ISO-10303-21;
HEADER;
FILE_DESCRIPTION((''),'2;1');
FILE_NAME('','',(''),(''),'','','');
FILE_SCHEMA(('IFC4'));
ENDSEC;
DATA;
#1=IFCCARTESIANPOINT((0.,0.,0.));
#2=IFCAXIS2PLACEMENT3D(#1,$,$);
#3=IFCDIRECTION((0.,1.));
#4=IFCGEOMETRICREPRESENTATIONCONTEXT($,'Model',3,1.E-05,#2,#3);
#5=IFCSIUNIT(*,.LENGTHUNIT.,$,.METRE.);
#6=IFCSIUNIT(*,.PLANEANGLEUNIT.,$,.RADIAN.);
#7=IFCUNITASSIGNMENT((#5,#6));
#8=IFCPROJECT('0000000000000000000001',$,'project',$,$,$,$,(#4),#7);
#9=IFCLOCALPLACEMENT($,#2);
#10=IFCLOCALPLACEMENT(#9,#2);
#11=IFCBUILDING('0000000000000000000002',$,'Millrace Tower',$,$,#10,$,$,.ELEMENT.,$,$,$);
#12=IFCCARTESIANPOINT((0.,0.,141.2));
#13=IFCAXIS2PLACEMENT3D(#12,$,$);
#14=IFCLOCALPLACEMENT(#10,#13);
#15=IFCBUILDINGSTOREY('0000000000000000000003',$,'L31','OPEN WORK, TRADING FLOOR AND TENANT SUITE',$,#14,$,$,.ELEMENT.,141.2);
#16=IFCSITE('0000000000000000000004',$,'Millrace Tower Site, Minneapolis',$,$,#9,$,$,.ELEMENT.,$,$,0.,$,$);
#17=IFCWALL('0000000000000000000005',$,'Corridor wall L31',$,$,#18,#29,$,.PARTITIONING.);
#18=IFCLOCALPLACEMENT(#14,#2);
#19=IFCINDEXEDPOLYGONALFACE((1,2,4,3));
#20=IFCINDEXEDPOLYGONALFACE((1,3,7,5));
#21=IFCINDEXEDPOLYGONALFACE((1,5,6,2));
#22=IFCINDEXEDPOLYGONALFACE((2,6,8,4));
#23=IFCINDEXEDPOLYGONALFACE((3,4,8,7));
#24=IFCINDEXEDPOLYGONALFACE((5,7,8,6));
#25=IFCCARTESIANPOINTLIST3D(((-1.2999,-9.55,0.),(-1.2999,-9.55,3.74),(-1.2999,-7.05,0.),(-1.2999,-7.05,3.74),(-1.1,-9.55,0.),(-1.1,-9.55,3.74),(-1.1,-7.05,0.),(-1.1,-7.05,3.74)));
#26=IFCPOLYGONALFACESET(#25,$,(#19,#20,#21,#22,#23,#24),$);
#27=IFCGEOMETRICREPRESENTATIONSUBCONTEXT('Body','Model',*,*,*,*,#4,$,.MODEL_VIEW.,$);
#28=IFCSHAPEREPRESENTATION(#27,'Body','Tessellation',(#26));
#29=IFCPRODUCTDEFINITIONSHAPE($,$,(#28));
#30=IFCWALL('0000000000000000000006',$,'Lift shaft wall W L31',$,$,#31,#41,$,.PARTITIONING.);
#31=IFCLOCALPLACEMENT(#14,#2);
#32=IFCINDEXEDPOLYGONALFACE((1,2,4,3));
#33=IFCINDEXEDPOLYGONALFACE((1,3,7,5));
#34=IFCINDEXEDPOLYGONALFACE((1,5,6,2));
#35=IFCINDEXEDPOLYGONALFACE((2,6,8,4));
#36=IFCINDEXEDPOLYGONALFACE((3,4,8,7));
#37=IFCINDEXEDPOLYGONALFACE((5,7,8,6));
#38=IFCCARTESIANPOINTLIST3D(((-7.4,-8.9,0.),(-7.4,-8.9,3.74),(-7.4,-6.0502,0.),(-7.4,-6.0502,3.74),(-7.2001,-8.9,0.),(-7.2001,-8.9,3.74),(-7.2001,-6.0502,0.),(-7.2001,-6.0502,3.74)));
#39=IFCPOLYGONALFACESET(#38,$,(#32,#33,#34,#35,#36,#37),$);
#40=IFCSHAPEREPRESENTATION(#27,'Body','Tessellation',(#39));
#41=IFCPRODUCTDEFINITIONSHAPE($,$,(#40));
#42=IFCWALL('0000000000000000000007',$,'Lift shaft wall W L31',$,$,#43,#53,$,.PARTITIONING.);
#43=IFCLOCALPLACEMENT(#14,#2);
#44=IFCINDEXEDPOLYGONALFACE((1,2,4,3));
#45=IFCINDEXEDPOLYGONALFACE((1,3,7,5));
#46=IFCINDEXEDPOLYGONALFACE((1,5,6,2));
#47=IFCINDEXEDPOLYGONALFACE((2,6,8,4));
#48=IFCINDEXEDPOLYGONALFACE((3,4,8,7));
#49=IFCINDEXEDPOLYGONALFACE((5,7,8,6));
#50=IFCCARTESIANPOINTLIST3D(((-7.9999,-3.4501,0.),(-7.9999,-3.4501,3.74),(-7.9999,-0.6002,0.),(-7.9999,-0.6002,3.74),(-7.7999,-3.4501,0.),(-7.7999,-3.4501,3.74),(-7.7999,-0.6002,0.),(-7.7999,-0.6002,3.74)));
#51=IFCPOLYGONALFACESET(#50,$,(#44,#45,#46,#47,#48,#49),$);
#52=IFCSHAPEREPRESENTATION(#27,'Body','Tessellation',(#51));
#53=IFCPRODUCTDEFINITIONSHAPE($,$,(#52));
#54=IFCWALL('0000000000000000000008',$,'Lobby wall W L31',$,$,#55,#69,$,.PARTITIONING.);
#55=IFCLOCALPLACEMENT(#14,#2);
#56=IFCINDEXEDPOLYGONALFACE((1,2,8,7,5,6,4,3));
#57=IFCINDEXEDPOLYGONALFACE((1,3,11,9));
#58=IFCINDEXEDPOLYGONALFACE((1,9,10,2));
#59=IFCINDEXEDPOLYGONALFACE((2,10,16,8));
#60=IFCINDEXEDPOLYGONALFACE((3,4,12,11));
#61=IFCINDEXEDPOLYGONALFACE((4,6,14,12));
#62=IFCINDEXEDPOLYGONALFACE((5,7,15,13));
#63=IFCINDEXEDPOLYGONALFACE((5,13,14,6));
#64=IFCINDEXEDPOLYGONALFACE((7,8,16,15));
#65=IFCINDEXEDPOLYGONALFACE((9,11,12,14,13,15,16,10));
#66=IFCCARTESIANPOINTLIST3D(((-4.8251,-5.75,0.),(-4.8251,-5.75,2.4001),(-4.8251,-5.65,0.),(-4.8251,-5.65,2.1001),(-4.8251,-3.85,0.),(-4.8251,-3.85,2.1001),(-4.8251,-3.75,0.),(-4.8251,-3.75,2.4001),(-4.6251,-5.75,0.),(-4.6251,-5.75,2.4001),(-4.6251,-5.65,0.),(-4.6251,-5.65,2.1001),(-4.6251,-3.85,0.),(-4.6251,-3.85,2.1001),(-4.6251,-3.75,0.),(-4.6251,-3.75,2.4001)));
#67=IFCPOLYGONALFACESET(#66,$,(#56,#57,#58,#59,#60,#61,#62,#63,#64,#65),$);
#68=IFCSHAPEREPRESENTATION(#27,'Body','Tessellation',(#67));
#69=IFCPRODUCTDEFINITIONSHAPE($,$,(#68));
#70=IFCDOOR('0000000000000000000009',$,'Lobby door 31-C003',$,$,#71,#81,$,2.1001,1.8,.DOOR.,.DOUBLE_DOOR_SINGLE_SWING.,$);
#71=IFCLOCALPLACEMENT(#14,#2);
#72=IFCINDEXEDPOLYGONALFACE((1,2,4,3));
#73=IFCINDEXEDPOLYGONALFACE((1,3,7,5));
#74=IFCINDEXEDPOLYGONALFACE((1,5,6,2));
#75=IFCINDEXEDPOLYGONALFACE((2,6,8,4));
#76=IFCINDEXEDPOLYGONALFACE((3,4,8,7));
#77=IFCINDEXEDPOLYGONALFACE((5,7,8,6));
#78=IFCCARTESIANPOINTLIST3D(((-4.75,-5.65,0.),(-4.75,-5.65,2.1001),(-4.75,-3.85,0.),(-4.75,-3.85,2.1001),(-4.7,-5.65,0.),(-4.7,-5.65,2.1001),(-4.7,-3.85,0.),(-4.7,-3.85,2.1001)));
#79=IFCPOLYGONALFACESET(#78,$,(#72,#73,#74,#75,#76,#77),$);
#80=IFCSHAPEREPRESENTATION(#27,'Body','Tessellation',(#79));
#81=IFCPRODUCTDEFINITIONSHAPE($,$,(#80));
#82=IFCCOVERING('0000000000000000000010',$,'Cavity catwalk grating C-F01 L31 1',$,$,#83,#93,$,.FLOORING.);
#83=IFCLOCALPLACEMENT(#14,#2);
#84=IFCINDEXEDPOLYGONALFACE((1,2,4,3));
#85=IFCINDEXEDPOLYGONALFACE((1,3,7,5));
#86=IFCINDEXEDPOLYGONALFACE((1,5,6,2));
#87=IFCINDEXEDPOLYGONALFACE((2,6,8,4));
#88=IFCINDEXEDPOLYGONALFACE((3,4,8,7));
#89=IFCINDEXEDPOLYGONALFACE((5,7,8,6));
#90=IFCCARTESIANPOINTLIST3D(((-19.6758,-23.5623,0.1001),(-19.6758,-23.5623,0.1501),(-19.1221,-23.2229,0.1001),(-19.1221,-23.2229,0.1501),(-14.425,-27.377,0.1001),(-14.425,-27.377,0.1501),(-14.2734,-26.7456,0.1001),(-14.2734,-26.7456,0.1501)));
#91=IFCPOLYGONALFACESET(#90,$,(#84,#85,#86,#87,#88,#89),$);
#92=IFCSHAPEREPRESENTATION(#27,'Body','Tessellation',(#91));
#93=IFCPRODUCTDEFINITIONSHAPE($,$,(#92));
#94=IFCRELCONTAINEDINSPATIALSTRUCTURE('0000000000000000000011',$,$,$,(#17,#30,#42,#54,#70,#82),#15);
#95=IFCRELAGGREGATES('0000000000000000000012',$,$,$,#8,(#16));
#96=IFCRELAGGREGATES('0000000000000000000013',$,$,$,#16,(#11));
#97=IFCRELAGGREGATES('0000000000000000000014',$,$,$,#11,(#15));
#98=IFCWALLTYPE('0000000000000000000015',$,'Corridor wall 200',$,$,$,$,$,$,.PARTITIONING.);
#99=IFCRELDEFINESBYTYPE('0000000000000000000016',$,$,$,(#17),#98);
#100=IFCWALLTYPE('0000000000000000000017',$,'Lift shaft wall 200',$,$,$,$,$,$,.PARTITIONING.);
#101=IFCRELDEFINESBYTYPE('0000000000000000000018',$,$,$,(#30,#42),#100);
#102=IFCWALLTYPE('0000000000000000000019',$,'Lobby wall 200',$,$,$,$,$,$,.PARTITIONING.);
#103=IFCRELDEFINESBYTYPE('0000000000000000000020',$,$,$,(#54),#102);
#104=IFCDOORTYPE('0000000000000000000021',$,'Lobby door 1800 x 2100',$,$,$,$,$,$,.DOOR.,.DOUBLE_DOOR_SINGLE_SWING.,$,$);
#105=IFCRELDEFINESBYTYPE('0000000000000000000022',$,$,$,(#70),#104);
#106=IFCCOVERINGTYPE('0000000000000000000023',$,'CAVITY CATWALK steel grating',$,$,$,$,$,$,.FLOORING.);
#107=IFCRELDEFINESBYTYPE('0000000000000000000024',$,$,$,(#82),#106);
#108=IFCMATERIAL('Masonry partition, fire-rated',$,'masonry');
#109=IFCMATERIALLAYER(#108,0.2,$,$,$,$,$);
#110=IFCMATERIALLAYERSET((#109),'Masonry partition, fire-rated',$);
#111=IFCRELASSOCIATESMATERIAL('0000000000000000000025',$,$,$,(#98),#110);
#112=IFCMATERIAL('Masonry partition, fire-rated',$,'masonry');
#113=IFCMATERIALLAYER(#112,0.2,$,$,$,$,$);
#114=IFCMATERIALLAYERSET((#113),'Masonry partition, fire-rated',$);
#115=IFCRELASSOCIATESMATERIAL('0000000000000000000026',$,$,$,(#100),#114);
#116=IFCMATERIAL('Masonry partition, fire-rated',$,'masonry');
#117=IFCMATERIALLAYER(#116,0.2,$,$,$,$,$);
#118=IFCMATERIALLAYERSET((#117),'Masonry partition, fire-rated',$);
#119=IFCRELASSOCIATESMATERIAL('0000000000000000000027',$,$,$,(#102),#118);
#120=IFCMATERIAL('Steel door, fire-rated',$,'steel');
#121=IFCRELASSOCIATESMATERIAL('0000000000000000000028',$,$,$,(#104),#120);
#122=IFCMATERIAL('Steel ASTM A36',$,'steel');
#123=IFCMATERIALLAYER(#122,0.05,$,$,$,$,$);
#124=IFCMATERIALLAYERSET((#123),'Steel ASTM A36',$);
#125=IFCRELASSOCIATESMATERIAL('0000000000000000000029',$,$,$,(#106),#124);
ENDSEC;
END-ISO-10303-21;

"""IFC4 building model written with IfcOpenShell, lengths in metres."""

from ifc_helpers import new_model, si_unit, direction, frame, frame_2d, origin, place, context, subcontext, project, spatial, polyline, rectangle, outline, extrude, material, layer, layer_set, type_object, element, fill, save


model = new_model("IFC4")

# Units and contexts
model_context = context("Model", 3, precision=1e-05, world=origin(), true_north=direction((0.0, 1.0)))
body_context = subcontext(model_context, "Body", "Model", "MODEL_VIEW")
ifc_project = project(units=[si_unit("LENGTHUNIT", "METRE"), si_unit("PLANEANGLEUNIT", "RADIAN")], contexts=[model_context])

# Site, building, storey
site_placement = place(None, origin())
site = spatial("IfcSite", under=ifc_project, at=site_placement, Name="Millrace Tower Site, Minneapolis", CompositionType="ELEMENT", RefElevation=0.0)
building_placement = place(site_placement, origin())
building = spatial("IfcBuilding", under=site, at=building_placement, Name="Millrace Tower", CompositionType="ELEMENT")
storey_placement = place(building_placement, frame((0.0, 0.0, 141.2)))
storey = spatial("IfcBuildingStorey", under=building, at=storey_placement, Name="L31", Description="OPEN WORK, TRADING FLOOR AND TENANT SUITE", CompositionType="ELEMENT", Elevation=141.2)

# Shared definitions
ifc_material_1 = material(Name="Masonry partition, fire-rated", Category="masonry")
ifc_layer_1 = layer(ifc_material_1, 0.2)
ifc_layer_set_1 = layer_set([ifc_layer_1], Name="Masonry partition, fire-rated")
wall_type_1 = type_object("IfcWallType", Name="Corridor wall 200", PredefinedType="PARTITIONING", material=ifc_layer_set_1)

# Walls
wall_1_placement = place(storey_placement, frame((-1.2, -9.55, 0.0), z_axis=(0.0, 0.0, 1.0), x_axis=(0.0, 1.0, 0.0)))
element("IfcWall", 1, at=wall_1_placement, inside=storey, type_object=wall_type_1, Name="Corridor wall L31", PredefinedType="PARTITIONING", context=body_context, shape_type="SweptSolid", body=[
    extrude(rectangle(XDim=2.5, YDim=0.2, at=frame_2d((1.25, 0.0))), origin(), (0.0, 0.0, 1.0), 3.74),
])
ifc_material_2 = material(Name="Masonry partition, fire-rated", Category="masonry")
ifc_layer_2 = layer(ifc_material_2, 0.2)
ifc_layer_set_2 = layer_set([ifc_layer_2], Name="Masonry partition, fire-rated")
wall_type_2 = type_object("IfcWallType", Name="Lift shaft wall 200", PredefinedType="PARTITIONING", material=ifc_layer_set_2)
for number, where, z_axis, x_axis, name in (
    (2, (-7.3, -8.8999, 0.0), (0.0, 0.0, 1.0), (0.0, 1.0, 0.0), "Lift shaft wall W L31"),
    (3, (-7.8999, -3.45, 0.0), (0.0, 0.0, 1.0), (0.0, 1.0, 0.0), "Lift shaft wall W L31"),
):
    element("IfcWall", number, at=place(storey_placement, frame(where, z_axis=z_axis, x_axis=x_axis)), inside=storey, type_object=wall_type_2, Name=name, PredefinedType="PARTITIONING", context=body_context, shape_type="SweptSolid", body=[
        extrude(rectangle(XDim=2.8499, YDim=0.2, at=frame_2d((1.4248, 0.0))), origin(), (0.0, 0.0, 1.0), 3.74),
    ])

# Wall, opening, door
ifc_material_3 = material(Name="Masonry partition, fire-rated", Category="masonry")
ifc_layer_3 = layer(ifc_material_3, 0.2)
ifc_layer_set_3 = layer_set([ifc_layer_3], Name="Masonry partition, fire-rated")
wall_type_3 = type_object("IfcWallType", Name="Lobby wall 200", PredefinedType="PARTITIONING", material=ifc_layer_set_3)
wall_2_placement = place(storey_placement, frame((-4.7251, -5.75, 0.0), z_axis=(0.0, 0.0, 1.0), x_axis=(0.0, 1.0, 0.0)))
wall_2 = element("IfcWall", 4, at=wall_2_placement, inside=storey, type_object=wall_type_3, Name="Lobby wall W L31", PredefinedType="PARTITIONING", context=body_context, shape_type="SweptSolid", body=[
    extrude(rectangle(XDim=2.0, YDim=0.2, at=frame_2d((1.0, 0.0))), origin(), (0.0, 0.0, 1.0), 2.4001),
])
opening_1_placement = place(wall_2_placement, frame((0.1001, 0.0, 0.0)))
opening_1 = element("IfcOpeningElement", 5, at=opening_1_placement, cuts=wall_2, PredefinedType="OPENING", context=body_context, shape_type="SweptSolid", body=[
    extrude(rectangle(XDim=1.8, YDim=2.1001, at=frame_2d((0.8999, 1.05))), frame((0.0, 0.1099, 0.0), z_axis=(0.0, -1.0, 0.0), x_axis=(1.0, 0.0, 0.0)), (0.0, 0.0, 1.0), 0.22),
])
ifc_material_4 = material(Name="Steel door, fire-rated", Category="steel")
door_type_1 = type_object("IfcDoorType", Name="Lobby door 1800 x 2100", OperationType="DOUBLE_DOOR_SINGLE_SWING", PredefinedType="DOOR", material=ifc_material_4)
door_1_placement = place(opening_1_placement, origin())
door_1 = element("IfcDoor", 6, at=door_1_placement, inside=storey, type_object=door_type_1, Name="Lobby door 31-C003", OperationType="DOUBLE_DOOR_SINGLE_SWING", OverallHeight=2.1001, OverallWidth=1.8, PredefinedType="DOOR", context=body_context, shape_type="SweptSolid", body=[
    extrude(rectangle(XDim=1.8, YDim=2.1001, at=frame_2d((0.8999, 1.05))), frame((0.0, 0.0249, 0.0), z_axis=(0.0, -1.0, 0.0), x_axis=(1.0, 0.0, 0.0)), (0.0, 0.0, 1.0), 0.05),
])
fill(opening_1, door_1)

# Covering
ifc_material_5 = material(Name="Steel ASTM A36", Category="steel")
ifc_layer_4 = layer(ifc_material_5, 0.05)
ifc_layer_set_4 = layer_set([ifc_layer_4], Name="Steel ASTM A36")
covering_type = type_object("IfcCoveringType", Name="CAVITY CATWALK steel grating", PredefinedType="FLOORING", material=ifc_layer_set_4)
covering_placement = place(storey_placement, frame((0.0, 0.0, 0.1001)))
element("IfcCovering", 7, at=covering_placement, inside=storey, type_object=covering_type, Name="Cavity catwalk grating C-F01 L31 1", PredefinedType="FLOORING", context=body_context, shape_type="SweptSolid", body=[
    extrude(outline(polyline([(-19.6758, -23.5623), (-14.425, -27.377), (-14.2734, -26.7456), (-19.1221, -23.2229), (-19.6758, -23.5623)])), origin(), (0.0, 0.0, 1.0), 0.05),
])

save(model, "model.ifc")
